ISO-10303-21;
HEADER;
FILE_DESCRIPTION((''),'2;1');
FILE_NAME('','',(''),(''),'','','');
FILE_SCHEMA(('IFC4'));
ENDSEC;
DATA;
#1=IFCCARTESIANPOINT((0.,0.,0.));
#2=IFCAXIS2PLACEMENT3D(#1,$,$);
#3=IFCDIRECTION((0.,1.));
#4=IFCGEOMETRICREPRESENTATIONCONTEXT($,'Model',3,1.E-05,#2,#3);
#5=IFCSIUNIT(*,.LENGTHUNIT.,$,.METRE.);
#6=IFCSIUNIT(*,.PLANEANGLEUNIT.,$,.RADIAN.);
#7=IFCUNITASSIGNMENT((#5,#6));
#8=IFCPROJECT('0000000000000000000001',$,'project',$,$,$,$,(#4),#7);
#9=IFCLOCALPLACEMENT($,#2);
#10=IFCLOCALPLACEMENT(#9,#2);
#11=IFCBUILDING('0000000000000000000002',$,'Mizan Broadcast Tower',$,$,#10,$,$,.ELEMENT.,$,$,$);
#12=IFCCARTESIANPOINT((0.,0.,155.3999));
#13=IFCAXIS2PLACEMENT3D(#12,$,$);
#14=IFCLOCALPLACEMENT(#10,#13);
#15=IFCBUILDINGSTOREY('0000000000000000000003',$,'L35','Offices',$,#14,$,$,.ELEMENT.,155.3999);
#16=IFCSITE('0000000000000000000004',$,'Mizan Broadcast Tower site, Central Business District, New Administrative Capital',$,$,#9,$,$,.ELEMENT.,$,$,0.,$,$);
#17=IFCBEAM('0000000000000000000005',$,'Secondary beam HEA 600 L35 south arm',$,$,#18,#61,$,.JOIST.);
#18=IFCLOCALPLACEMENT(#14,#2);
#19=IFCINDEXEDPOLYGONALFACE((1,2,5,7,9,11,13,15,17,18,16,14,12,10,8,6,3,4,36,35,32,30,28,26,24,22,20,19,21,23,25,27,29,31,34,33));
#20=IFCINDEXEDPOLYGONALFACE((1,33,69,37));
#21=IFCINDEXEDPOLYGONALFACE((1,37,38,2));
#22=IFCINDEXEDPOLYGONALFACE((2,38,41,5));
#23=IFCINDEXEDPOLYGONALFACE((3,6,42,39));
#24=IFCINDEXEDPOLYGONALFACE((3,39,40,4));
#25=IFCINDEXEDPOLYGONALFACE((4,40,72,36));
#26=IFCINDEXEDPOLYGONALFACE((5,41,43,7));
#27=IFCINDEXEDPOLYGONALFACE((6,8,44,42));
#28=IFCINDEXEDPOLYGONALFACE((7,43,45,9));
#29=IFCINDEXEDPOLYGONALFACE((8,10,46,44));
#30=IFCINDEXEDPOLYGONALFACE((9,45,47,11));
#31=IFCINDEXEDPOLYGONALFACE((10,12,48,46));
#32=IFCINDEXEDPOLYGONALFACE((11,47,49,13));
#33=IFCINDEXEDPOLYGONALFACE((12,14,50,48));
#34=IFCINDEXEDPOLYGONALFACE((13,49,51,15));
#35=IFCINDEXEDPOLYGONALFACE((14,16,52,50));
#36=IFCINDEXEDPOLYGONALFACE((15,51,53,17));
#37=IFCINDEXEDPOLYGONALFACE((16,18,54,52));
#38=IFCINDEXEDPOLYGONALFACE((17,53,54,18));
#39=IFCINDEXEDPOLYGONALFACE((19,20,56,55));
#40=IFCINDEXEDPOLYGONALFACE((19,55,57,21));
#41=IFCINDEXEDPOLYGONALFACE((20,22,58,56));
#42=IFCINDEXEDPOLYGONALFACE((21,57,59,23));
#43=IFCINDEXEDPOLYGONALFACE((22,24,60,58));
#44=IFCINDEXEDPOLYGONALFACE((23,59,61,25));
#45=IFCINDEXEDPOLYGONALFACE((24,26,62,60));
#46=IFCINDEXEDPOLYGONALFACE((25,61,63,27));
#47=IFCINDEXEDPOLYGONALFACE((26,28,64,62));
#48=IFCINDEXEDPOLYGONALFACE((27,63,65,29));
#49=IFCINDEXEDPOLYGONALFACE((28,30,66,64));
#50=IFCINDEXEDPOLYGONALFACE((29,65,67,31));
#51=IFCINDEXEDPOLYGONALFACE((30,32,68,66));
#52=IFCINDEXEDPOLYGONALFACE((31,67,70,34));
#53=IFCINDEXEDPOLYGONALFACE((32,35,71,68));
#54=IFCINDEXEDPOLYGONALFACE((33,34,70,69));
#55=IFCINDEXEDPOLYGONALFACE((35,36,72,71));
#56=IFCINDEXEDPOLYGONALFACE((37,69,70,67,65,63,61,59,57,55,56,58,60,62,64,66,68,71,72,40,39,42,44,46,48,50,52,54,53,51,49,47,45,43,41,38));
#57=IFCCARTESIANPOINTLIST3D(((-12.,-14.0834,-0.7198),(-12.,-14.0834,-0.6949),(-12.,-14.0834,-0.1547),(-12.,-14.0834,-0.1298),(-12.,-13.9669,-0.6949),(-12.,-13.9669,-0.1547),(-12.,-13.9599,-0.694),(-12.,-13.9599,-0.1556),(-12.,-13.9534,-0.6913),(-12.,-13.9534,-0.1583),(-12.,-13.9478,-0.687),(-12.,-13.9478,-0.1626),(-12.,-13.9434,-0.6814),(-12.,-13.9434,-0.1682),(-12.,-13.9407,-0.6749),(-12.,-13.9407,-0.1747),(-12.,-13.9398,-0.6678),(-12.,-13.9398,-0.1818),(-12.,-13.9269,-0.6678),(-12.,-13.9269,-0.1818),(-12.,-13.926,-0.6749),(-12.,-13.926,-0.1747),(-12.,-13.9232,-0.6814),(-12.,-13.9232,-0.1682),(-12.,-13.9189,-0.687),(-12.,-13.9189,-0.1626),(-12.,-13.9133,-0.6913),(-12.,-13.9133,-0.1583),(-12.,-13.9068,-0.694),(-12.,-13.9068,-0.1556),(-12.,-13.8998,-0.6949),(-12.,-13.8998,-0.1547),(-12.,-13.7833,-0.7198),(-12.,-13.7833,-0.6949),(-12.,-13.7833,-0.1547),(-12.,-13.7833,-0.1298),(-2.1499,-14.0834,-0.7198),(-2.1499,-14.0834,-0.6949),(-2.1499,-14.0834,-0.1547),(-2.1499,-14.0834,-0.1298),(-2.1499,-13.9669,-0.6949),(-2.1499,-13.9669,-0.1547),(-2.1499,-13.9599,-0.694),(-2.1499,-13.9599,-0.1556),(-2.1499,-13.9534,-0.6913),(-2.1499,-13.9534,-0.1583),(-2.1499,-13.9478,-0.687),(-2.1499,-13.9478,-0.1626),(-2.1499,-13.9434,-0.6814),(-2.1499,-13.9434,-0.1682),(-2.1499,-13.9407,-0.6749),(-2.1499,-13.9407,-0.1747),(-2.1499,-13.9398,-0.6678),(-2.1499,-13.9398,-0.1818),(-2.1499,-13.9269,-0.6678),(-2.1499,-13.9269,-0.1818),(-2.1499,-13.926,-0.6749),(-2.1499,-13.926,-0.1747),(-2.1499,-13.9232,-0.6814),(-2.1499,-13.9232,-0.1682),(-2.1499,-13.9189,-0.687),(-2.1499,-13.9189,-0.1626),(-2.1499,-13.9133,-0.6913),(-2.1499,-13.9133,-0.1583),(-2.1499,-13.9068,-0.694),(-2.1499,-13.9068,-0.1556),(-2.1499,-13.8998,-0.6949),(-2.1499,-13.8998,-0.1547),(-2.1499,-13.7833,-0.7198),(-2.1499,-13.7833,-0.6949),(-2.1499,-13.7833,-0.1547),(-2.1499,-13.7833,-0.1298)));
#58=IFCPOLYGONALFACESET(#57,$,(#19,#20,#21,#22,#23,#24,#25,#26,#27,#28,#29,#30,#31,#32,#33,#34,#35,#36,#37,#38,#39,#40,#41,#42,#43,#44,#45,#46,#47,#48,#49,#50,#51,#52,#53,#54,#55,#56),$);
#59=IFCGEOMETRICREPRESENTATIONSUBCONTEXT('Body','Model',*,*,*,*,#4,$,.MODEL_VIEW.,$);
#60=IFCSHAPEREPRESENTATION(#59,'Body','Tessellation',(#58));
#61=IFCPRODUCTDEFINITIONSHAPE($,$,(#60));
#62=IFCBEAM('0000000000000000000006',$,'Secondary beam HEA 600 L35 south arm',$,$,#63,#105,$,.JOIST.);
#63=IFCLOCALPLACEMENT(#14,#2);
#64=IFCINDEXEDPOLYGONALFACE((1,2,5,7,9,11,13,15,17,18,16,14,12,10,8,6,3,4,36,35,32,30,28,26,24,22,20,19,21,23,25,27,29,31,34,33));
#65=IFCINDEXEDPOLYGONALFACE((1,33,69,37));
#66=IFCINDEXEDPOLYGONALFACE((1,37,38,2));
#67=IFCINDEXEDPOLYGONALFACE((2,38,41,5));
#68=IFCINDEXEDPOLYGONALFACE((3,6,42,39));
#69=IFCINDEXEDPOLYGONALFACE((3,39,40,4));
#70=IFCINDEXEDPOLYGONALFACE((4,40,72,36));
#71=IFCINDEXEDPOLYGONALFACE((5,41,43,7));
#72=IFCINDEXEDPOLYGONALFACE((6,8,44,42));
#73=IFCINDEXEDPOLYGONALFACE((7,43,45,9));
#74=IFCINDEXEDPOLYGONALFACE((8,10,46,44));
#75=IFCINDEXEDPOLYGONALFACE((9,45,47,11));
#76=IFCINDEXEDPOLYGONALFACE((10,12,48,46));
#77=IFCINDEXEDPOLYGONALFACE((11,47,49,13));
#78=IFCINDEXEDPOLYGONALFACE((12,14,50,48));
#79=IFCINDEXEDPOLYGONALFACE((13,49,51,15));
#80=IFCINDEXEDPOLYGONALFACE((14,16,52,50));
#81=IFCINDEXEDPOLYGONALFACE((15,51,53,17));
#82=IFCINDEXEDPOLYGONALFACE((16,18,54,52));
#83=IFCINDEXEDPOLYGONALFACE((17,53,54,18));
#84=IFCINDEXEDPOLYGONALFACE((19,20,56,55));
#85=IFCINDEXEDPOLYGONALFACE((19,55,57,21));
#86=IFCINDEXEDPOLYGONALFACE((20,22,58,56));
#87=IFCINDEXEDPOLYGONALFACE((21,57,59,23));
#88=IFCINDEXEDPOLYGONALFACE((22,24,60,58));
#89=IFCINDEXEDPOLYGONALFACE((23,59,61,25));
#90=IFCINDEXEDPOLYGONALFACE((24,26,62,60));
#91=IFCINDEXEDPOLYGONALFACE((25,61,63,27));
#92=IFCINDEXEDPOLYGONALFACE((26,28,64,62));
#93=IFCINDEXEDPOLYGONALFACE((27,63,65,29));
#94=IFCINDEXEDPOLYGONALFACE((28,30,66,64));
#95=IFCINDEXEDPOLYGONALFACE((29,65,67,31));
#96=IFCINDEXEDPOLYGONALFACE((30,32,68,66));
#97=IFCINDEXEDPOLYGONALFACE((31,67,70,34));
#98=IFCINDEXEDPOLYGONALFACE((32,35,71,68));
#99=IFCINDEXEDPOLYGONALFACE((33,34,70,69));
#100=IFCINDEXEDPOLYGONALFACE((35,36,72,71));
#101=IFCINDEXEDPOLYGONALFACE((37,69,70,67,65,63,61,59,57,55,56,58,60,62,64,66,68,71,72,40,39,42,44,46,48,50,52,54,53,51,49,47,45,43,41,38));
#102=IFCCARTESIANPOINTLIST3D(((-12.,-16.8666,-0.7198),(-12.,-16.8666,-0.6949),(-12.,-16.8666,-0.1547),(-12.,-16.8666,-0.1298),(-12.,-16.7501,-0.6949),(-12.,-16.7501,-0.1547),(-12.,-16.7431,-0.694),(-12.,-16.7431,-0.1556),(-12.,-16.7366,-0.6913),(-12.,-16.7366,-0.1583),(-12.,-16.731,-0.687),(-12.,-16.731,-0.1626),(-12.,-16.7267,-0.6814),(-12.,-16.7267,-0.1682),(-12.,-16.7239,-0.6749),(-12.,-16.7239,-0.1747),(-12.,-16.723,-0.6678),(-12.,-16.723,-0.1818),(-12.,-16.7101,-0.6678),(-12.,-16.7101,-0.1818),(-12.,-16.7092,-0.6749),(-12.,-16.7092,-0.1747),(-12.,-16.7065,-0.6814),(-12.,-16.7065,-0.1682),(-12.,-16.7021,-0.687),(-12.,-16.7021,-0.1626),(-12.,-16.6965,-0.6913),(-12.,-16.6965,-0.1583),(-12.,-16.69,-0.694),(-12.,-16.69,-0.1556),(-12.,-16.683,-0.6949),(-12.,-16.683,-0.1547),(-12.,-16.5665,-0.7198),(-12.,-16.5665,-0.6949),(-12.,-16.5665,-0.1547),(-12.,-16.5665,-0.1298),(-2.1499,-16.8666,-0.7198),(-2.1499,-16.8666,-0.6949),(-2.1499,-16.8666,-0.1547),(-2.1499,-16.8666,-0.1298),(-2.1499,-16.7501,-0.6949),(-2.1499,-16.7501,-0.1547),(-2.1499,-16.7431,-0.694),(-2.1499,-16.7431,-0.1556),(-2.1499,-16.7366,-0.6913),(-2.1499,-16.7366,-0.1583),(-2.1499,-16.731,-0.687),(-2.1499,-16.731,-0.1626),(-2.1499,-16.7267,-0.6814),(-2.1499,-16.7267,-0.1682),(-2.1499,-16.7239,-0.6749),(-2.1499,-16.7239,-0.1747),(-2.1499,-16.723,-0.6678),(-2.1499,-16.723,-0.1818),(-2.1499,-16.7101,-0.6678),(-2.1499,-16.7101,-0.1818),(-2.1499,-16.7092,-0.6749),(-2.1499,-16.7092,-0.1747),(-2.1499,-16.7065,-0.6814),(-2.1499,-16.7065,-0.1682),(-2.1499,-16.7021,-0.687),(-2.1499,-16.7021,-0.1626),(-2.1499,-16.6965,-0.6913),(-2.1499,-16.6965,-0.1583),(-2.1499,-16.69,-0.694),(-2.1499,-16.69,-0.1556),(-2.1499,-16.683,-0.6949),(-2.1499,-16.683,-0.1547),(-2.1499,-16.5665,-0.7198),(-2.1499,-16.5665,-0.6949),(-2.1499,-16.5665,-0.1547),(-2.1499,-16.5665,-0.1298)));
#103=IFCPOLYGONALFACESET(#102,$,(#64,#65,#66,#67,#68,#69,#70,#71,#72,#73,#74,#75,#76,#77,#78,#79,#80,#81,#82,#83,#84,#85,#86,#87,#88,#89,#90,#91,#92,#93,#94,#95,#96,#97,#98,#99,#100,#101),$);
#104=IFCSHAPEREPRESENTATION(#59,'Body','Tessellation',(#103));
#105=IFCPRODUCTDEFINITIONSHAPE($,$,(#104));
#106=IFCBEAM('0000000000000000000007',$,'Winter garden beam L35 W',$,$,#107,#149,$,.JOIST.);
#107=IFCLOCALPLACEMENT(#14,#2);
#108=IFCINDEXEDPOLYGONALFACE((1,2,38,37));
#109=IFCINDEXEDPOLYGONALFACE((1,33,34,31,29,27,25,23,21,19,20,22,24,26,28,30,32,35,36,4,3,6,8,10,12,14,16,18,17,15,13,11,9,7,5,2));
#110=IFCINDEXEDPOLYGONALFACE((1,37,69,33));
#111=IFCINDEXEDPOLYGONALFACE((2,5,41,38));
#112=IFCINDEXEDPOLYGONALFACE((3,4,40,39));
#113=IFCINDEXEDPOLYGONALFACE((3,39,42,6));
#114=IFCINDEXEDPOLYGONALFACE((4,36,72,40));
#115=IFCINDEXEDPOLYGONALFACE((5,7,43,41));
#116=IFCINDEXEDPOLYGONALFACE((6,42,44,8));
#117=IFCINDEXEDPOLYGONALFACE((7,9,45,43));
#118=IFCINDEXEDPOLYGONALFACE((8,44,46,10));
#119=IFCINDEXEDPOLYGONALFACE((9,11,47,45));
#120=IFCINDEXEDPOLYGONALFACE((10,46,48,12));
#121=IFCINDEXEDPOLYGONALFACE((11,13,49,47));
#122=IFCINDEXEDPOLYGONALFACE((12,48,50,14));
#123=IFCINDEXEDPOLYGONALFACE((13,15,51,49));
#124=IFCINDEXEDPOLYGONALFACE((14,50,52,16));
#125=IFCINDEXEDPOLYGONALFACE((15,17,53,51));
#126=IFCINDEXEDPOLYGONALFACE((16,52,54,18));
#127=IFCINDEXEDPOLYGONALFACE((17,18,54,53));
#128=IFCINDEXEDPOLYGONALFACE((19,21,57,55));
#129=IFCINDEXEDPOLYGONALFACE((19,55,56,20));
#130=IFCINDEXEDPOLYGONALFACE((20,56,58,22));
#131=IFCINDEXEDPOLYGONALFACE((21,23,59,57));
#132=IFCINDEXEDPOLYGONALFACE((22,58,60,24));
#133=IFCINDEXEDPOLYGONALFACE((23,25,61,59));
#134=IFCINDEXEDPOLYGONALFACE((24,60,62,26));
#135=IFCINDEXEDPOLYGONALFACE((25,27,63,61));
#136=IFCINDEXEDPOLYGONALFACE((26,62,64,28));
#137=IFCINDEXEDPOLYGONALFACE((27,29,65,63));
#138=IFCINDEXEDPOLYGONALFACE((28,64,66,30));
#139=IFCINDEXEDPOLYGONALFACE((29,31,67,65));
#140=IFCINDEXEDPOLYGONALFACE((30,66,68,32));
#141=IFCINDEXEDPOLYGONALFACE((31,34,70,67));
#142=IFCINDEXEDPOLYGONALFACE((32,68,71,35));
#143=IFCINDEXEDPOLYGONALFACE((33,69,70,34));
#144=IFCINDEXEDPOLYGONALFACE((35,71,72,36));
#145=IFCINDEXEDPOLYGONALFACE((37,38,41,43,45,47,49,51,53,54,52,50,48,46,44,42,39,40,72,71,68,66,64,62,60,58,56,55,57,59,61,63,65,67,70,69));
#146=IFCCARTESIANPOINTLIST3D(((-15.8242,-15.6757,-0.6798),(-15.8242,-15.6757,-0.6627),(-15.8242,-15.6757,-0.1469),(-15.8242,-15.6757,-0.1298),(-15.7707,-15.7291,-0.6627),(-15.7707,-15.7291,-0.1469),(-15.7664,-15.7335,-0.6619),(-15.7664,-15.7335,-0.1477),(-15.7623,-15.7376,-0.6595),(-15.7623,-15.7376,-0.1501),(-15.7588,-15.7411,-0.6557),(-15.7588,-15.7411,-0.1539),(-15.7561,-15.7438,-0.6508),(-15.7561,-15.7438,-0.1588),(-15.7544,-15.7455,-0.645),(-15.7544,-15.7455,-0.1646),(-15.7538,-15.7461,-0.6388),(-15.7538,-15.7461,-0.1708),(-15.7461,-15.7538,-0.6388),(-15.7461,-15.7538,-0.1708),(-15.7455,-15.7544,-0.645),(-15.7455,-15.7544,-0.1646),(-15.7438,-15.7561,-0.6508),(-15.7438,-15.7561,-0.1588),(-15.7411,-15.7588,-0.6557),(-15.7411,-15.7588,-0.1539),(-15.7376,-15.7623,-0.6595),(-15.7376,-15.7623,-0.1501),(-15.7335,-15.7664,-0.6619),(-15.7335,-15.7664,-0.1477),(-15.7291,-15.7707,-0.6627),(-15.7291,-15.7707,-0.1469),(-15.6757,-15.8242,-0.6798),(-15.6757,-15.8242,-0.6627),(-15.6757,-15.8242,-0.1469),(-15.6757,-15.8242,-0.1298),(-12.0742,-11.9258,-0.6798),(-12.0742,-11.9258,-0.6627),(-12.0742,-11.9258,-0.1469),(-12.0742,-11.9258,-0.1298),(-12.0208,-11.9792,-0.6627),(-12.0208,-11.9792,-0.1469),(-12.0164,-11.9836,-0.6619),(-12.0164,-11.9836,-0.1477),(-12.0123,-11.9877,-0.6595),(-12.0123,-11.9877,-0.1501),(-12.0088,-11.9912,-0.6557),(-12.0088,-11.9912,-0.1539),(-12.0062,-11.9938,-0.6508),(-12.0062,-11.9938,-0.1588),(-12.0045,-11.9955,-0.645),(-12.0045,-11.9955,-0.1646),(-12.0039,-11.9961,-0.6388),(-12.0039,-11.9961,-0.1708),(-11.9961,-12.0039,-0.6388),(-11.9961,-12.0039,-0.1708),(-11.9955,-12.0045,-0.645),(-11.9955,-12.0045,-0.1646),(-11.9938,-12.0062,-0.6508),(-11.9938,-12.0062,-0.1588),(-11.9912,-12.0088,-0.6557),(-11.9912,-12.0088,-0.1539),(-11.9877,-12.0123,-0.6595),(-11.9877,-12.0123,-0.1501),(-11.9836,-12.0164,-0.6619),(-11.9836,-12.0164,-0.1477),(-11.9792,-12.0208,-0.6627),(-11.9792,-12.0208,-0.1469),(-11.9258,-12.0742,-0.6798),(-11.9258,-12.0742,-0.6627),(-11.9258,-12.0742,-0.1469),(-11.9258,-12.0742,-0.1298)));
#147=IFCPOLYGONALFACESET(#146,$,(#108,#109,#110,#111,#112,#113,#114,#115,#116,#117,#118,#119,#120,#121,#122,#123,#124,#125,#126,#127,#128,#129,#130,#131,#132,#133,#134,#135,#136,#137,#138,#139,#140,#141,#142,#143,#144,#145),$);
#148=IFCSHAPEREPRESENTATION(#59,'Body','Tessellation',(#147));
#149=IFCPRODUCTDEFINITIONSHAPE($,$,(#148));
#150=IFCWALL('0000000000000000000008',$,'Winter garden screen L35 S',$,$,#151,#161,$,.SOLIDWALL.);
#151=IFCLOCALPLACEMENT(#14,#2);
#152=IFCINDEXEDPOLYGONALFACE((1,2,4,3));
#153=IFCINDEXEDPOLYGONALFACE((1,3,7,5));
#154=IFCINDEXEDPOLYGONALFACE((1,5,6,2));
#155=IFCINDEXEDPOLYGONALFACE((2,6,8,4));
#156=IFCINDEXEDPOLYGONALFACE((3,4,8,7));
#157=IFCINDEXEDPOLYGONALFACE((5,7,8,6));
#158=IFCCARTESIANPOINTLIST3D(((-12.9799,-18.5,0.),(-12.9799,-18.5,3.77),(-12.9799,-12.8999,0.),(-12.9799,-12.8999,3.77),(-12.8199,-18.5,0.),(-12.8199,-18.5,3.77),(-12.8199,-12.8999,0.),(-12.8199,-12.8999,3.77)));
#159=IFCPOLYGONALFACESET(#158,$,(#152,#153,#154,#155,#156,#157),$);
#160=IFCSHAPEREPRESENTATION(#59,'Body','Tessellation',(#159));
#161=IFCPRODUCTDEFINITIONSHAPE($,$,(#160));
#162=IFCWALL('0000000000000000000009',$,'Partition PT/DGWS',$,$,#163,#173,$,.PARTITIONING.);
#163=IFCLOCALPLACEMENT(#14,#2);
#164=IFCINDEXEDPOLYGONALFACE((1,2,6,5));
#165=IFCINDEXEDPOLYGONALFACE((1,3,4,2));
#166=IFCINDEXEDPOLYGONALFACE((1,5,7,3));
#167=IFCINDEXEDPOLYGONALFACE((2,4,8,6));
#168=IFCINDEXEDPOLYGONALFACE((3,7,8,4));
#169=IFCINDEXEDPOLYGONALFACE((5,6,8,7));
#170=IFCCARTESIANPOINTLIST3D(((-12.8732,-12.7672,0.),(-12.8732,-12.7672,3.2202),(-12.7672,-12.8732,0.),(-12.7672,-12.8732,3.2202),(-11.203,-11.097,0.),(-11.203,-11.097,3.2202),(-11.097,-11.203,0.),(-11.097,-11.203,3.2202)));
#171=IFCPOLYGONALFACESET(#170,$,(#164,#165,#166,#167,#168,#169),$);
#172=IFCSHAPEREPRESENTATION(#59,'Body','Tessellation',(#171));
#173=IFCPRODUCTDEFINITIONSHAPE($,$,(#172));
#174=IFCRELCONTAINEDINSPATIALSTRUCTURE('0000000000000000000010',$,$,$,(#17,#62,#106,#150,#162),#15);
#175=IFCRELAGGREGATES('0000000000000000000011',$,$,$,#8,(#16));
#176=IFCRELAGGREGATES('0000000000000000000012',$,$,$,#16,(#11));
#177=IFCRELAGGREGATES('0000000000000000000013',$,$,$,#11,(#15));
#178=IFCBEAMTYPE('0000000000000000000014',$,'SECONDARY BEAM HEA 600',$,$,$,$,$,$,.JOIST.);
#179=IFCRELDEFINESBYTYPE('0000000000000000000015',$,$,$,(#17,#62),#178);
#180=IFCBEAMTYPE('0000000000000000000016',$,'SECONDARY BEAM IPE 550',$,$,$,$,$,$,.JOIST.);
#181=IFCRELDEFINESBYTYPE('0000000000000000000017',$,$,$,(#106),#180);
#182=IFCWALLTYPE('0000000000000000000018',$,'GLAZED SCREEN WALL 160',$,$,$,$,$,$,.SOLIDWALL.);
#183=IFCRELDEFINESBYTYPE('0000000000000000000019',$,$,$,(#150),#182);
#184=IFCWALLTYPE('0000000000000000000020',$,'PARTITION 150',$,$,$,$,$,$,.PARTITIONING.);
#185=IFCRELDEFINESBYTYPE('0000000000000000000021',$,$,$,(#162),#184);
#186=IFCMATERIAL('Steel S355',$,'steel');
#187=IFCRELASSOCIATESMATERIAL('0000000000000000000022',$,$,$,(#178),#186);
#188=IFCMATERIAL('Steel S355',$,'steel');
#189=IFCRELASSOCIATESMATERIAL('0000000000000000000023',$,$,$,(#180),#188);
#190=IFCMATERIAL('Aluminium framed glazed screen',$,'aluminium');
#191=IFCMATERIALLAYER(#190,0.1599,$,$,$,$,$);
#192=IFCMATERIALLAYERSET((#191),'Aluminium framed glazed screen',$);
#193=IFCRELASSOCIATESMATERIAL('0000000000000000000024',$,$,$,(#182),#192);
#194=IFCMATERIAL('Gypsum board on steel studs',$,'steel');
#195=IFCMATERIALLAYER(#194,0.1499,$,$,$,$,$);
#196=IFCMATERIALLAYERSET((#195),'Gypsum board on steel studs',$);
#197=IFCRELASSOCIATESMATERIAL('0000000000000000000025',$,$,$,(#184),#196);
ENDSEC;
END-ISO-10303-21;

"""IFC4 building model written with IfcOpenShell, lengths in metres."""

from ifc_helpers import new_model, si_unit, direction, frame, frame_2d, origin, origin_2d, place, context, subcontext, project, spatial, rectangle, i_section, extrude, material, layer, layer_set, material_profile, profile_set, type_object, element, save


model = new_model("IFC4")

# Units and contexts
model_context = context("Model", 3, precision=1e-05, world=origin(), true_north=direction((0.0, 1.0)))
body_context = subcontext(model_context, "Body", "Model", "MODEL_VIEW")
ifc_project = project(units=[si_unit("LENGTHUNIT", "METRE"), si_unit("PLANEANGLEUNIT", "RADIAN")], contexts=[model_context])

# Site, building, storey
site_placement = place(None, origin())
site = spatial("IfcSite", under=ifc_project, at=site_placement, Name="Mizan Broadcast Tower site, Central Business District, New Administrative Capital", CompositionType="ELEMENT", RefElevation=0.0)
building_placement = place(site_placement, origin())
building = spatial("IfcBuilding", under=site, at=building_placement, Name="Mizan Broadcast Tower", CompositionType="ELEMENT")
storey_placement = place(building_placement, frame((0.0, 0.0, 155.3999)))
storey = spatial("IfcBuildingStorey", under=building, at=storey_placement, Name="L35", Description="Offices", CompositionType="ELEMENT", Elevation=155.3999)

# Beams
ifc_material_1 = material(Name="Steel S355", Category="steel")
ifc_material_profile_1 = material_profile(ifc_material_1, i_section(OverallWidth=0.3, OverallDepth=0.5901, WebThickness=0.0129, FlangeThickness=0.0249, FilletRadius=0.0271, at=origin_2d()), Name="HEA 600")
ifc_profile_set_1 = profile_set([ifc_material_profile_1], Name="Steel S355")
beam_type_1 = type_object("IfcBeamType", Name="SECONDARY BEAM HEA 600", PredefinedType="JOIST", material=ifc_profile_set_1)
for number, where, z_axis, x_axis, name in (
    (1, (-12.0, -13.9333, -0.4248), (1.0, 0.0, 0.0), (0.0, 1.0, 0.0), "Secondary beam HEA 600 L35 south arm"),
    (2, (-12.0, -16.7166, -0.4248), (1.0, 0.0, 0.0), (0.0, 1.0, 0.0), "Secondary beam HEA 600 L35 south arm"),
):
    element("IfcBeam", number, at=place(storey_placement, frame(where, z_axis=z_axis, x_axis=x_axis)), inside=storey, type_object=beam_type_1, Name=name, PredefinedType="JOIST", context=body_context, shape_type="SweptSolid", body=[
        extrude(i_section(OverallWidth=0.3, OverallDepth=0.5901, WebThickness=0.0129, FlangeThickness=0.0249, FilletRadius=0.0271, at=origin_2d()), origin(), (0.0, 0.0, 1.0), 9.8501),
    ])
ifc_material_2 = material(Name="Steel S355", Category="steel")
ifc_material_profile_2 = material_profile(ifc_material_2, i_section(OverallWidth=0.21, OverallDepth=0.55, WebThickness=0.011, FlangeThickness=0.0171, FilletRadius=0.0239, at=origin_2d()), Name="IPE 550")
ifc_profile_set_2 = profile_set([ifc_material_profile_2], Name="Steel S355")
beam_type_2 = type_object("IfcBeamType", Name="SECONDARY BEAM IPE 550", PredefinedType="JOIST", material=ifc_profile_set_2)
beam_1_placement = place(storey_placement, frame((-12.0, -12.0, -0.4048), z_axis=(-0.707107, -0.707107, 0.0), x_axis=(0.707107, -0.707107, 0.0)))
element("IfcBeam", 3, at=beam_1_placement, inside=storey, type_object=beam_type_2, Name="Winter garden beam L35 W", PredefinedType="JOIST", context=body_context, shape_type="SweptSolid", body=[
    extrude(i_section(OverallWidth=0.21, OverallDepth=0.55, WebThickness=0.011, FlangeThickness=0.0171, FilletRadius=0.0239, at=origin_2d()), origin(), (0.0, 0.0, 1.0), 5.3032),
])

# Walls
ifc_material_3 = material(Name="Aluminium framed glazed screen", Category="aluminium")
ifc_layer_1 = layer(ifc_material_3, 0.1599)
ifc_layer_set_1 = layer_set([ifc_layer_1], Name="Aluminium framed glazed screen")
wall_type_1 = type_object("IfcWallType", Name="GLAZED SCREEN WALL 160", PredefinedType="SOLIDWALL", material=ifc_layer_set_1)
wall_1_placement = place(storey_placement, frame((-12.8999, -12.8999, 0.0), z_axis=(0.0, 0.0, 1.0), x_axis=(0.0, -1.0, 0.0)))
element("IfcWall", 4, at=wall_1_placement, inside=storey, type_object=wall_type_1, Name="Winter garden screen L35 S", PredefinedType="SOLIDWALL", context=body_context, shape_type="SweptSolid", body=[
    extrude(rectangle(XDim=5.6001, YDim=0.1599, at=frame_2d((2.8, 0.0))), origin(), (0.0, 0.0, 1.0), 3.77),
])
ifc_material_4 = material(Name="Gypsum board on steel studs", Category="steel")
ifc_layer_2 = layer(ifc_material_4, 0.1499)
ifc_layer_set_2 = layer_set([ifc_layer_2], Name="Gypsum board on steel studs")
wall_type_2 = type_object("IfcWallType", Name="PARTITION 150", PredefinedType="PARTITIONING", material=ifc_layer_set_2)
wall_2_placement = place(storey_placement, frame((-11.1499, -11.1499, 0.0), z_axis=(0.0, 0.0, 1.0), x_axis=(-0.707107, -0.707107, 0.0)))
element("IfcWall", 5, at=wall_2_placement, inside=storey, type_object=wall_type_2, Name="Partition PT/DGWS", PredefinedType="PARTITIONING", context=body_context, shape_type="SweptSolid", body=[
    extrude(rectangle(XDim=2.3621, YDim=0.1499, at=frame_2d((1.1812, 0.0))), origin(), (0.0, 0.0, 1.0), 3.2202),
])

save(model, "model.ifc")
